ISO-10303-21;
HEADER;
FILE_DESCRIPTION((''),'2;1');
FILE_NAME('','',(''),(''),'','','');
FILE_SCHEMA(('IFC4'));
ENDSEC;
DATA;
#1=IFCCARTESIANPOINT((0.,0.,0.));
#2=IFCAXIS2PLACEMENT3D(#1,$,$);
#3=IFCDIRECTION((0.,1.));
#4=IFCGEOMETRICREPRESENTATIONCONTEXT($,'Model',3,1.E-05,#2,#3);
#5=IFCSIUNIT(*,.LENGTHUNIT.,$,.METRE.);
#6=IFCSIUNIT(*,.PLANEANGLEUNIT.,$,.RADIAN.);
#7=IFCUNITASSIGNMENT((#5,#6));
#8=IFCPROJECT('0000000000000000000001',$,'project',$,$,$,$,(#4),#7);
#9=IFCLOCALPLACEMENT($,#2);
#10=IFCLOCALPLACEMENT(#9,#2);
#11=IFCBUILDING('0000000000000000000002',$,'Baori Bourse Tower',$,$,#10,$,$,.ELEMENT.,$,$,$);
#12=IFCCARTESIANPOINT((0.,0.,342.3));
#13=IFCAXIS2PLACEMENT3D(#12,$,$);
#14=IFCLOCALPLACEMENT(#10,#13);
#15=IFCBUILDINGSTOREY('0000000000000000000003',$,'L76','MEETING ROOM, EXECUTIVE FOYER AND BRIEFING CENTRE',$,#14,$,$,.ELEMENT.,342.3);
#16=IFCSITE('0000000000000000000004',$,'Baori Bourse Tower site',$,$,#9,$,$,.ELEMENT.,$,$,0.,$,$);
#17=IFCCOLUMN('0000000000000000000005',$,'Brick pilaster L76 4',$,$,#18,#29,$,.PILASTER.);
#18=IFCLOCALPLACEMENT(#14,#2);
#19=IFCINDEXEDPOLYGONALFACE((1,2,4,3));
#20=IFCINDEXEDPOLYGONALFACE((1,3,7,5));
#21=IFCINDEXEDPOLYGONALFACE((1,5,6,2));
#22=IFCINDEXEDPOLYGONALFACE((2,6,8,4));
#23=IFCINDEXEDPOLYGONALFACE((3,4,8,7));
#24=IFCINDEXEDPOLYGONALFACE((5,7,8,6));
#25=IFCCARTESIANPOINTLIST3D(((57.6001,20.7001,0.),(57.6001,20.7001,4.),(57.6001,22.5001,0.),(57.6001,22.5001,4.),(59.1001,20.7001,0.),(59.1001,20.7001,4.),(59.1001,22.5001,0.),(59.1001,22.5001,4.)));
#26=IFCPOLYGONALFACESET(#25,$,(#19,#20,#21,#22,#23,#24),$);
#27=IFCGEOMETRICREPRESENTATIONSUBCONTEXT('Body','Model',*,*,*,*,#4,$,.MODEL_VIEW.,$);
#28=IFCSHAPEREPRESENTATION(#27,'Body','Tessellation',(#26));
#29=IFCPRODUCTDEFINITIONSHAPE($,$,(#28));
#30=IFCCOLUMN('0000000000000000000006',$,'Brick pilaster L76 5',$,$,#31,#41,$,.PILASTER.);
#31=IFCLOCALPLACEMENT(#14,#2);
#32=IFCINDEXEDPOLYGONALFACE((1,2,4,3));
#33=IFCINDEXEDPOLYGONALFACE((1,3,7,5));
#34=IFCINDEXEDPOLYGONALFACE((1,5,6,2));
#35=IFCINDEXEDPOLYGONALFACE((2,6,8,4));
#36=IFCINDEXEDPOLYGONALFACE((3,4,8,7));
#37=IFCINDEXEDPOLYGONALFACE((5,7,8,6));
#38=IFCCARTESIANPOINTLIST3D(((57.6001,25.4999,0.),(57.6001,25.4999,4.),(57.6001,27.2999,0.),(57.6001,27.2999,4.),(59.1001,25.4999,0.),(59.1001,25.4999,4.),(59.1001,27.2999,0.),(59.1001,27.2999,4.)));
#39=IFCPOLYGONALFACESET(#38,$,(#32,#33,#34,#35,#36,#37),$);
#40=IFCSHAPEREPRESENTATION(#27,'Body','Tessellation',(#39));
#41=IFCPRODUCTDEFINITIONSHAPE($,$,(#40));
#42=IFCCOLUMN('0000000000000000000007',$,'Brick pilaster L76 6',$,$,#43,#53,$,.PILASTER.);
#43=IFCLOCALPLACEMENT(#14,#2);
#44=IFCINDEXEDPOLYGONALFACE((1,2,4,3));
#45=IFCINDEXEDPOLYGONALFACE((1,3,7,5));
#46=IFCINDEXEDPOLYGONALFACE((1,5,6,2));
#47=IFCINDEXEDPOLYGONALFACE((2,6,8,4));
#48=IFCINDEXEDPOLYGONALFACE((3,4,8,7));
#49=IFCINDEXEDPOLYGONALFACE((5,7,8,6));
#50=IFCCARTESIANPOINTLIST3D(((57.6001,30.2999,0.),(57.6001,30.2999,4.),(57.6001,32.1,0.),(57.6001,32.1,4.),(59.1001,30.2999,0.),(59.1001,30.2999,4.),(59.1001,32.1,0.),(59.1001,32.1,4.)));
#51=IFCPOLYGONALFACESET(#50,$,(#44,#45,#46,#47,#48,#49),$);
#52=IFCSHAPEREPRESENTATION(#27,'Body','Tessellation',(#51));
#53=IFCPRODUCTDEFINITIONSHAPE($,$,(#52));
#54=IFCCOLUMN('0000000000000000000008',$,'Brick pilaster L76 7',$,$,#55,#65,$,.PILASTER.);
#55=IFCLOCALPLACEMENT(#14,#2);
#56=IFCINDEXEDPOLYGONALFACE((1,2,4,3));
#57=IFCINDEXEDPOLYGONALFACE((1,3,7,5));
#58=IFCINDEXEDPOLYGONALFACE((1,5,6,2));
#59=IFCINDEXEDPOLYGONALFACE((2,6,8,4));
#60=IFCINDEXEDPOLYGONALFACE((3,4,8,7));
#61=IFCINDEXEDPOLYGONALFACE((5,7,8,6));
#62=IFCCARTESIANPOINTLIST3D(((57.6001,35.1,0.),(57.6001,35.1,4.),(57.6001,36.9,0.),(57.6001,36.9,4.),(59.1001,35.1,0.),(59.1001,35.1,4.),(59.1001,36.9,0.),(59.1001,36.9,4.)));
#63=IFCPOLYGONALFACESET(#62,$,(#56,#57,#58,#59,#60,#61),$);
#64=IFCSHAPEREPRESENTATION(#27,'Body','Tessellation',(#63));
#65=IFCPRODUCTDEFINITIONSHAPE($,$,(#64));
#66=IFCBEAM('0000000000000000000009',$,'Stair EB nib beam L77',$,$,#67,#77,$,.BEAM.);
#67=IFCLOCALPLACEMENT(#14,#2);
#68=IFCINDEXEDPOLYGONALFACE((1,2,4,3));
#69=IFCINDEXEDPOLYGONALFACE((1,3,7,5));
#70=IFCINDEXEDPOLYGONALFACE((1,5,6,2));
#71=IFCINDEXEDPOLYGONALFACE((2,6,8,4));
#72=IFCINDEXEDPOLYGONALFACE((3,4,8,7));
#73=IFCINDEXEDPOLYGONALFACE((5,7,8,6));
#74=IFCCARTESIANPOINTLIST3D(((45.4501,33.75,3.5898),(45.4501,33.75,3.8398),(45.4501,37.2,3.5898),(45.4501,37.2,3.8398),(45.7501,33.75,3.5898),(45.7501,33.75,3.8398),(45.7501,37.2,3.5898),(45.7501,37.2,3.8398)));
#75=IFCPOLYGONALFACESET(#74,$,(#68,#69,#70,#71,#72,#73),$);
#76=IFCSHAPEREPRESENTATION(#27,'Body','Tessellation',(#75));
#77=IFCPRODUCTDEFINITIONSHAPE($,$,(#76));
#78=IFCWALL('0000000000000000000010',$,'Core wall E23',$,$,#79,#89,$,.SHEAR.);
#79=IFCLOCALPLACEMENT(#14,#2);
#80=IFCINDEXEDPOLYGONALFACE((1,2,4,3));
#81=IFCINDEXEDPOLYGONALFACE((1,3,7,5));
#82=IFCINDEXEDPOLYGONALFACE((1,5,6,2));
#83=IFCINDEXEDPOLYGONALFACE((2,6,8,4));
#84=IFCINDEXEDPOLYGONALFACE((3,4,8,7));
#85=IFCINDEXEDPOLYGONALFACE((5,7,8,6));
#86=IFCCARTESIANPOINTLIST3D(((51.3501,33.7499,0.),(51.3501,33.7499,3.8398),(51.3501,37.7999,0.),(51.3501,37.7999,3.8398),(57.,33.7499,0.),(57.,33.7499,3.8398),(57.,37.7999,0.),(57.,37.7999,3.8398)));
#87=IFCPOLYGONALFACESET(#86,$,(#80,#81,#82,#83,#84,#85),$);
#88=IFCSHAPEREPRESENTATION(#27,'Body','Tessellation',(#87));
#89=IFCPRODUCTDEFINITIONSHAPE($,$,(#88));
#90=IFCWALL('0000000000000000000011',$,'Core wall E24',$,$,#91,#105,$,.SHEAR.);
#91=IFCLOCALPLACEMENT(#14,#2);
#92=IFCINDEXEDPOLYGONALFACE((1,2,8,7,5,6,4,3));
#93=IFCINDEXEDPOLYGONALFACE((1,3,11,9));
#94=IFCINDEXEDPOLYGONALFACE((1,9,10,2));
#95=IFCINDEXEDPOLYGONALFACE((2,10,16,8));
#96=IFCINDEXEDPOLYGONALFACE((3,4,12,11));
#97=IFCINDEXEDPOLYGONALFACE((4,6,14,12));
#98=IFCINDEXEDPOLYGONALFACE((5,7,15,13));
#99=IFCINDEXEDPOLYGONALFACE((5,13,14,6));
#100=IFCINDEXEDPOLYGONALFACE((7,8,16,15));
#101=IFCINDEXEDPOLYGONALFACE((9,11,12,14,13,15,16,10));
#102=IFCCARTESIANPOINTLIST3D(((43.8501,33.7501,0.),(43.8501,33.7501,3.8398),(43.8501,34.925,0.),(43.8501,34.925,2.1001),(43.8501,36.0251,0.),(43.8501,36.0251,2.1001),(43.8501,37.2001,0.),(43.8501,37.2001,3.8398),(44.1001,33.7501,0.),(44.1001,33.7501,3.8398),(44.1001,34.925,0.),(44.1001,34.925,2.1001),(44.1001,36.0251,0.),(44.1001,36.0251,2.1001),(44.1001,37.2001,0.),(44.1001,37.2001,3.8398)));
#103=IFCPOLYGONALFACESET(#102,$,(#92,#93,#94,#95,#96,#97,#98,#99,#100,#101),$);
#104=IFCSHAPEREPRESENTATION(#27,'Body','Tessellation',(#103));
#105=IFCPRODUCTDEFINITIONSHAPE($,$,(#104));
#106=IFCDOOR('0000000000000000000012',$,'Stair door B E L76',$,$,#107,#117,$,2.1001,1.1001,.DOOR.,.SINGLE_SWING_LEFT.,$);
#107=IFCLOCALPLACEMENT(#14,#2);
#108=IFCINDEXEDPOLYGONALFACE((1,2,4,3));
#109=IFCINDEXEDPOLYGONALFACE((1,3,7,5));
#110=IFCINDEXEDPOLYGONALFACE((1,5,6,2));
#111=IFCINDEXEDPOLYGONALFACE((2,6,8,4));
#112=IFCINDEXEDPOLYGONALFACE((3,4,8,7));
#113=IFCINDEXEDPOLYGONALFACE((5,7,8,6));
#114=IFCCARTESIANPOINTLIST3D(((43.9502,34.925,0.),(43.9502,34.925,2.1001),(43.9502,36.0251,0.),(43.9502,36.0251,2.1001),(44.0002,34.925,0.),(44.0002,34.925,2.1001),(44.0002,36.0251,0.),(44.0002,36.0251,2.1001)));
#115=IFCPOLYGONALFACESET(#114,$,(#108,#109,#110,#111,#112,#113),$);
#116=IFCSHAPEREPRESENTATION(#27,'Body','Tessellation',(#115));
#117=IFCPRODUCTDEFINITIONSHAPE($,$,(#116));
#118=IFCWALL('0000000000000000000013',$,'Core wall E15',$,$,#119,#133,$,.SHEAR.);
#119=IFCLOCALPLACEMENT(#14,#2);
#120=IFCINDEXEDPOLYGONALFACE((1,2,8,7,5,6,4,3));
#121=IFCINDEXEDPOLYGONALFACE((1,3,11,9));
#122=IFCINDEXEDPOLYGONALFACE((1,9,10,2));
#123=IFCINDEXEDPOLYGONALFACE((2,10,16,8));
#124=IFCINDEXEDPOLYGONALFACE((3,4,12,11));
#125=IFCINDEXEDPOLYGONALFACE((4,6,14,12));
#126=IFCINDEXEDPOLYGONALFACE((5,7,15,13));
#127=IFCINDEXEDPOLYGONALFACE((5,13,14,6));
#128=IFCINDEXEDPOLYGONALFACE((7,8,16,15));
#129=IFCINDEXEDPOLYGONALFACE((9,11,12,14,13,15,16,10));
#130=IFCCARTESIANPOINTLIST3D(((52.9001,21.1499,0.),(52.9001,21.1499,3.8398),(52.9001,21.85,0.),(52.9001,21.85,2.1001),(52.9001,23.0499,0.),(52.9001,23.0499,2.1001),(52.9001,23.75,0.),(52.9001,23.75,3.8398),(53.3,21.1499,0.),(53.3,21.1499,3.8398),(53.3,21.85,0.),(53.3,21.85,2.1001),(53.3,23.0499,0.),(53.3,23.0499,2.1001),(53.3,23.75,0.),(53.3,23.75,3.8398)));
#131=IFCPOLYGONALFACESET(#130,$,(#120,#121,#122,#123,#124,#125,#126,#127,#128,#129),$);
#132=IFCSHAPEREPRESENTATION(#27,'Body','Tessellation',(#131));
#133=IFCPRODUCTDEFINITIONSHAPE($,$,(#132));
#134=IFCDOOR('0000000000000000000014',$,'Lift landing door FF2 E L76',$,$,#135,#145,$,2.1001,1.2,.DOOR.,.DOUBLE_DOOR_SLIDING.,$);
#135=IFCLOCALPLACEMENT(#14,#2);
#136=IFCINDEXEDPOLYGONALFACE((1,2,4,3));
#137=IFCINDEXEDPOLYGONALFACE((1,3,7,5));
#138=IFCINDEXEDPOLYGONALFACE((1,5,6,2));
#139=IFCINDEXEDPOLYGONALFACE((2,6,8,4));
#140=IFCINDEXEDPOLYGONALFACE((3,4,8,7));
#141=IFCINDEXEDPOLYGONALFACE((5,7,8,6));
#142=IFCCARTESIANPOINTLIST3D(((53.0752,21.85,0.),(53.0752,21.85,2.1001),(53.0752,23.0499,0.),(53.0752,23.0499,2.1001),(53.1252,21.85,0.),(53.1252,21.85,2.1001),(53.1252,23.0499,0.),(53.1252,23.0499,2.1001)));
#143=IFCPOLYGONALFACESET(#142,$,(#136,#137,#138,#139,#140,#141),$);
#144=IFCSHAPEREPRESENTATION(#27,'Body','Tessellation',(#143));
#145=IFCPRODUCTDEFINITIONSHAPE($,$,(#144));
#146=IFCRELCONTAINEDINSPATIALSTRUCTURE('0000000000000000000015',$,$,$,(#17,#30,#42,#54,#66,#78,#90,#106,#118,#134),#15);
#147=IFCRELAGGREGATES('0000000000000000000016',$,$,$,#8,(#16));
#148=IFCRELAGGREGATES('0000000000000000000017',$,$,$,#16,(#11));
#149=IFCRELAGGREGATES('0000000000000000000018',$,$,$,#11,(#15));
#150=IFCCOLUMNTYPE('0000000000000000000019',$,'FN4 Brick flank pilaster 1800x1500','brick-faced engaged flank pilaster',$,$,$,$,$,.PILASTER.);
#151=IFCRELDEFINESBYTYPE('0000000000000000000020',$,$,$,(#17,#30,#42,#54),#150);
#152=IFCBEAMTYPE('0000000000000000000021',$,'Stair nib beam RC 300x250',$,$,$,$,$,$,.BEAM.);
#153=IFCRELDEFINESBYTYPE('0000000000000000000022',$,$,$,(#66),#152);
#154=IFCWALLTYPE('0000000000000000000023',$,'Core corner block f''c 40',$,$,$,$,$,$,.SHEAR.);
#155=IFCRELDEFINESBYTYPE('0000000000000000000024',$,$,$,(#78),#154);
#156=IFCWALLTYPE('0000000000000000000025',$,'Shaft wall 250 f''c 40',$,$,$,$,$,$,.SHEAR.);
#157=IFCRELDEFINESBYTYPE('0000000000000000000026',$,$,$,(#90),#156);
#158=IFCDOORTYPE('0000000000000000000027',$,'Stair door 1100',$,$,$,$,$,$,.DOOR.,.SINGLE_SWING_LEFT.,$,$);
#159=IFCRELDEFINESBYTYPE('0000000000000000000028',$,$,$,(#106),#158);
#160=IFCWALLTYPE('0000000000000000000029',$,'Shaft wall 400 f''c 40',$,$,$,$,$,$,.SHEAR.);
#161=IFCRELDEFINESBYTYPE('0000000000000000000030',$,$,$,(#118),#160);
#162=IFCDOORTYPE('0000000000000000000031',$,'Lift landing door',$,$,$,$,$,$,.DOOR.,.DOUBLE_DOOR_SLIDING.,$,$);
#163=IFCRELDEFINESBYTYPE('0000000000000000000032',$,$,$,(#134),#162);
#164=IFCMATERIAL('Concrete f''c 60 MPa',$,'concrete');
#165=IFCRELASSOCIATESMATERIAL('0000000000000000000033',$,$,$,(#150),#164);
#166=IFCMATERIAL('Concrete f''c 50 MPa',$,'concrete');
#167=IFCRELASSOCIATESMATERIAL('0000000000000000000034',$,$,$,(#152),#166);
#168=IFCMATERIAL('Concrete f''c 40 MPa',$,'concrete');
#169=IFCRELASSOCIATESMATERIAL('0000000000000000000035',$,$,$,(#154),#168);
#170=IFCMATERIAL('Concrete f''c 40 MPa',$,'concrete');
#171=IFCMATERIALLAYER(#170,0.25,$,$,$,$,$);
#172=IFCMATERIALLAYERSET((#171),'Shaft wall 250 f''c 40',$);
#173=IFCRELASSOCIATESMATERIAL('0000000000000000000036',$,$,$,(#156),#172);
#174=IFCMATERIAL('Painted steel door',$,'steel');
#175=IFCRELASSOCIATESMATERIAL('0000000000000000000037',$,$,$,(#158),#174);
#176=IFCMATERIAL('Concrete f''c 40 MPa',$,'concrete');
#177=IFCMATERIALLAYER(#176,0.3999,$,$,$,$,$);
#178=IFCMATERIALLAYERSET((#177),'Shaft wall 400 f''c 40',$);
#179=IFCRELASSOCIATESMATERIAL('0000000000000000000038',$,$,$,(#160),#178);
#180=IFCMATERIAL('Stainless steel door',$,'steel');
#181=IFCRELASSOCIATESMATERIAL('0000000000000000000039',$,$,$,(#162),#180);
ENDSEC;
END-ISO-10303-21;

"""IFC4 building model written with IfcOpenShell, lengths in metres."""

from ifc_helpers import new_model, si_unit, direction, frame, frame_2d, origin, origin_2d, place, context, subcontext, project, spatial, rectangle, extrude, material, layer, layer_set, material_profile, profile_set, type_object, element, fill, save


model = new_model("IFC4")

# Units and contexts
model_context = context("Model", 3, precision=1e-05, world=origin(), true_north=direction((0.0, 1.0)))
body_context = subcontext(model_context, "Body", "Model", "MODEL_VIEW")
ifc_project = project(units=[si_unit("LENGTHUNIT", "METRE"), si_unit("PLANEANGLEUNIT", "RADIAN")], contexts=[model_context])

# Site, building, storey
site_placement = place(None, origin())
site = spatial("IfcSite", under=ifc_project, at=site_placement, Name="Baori Bourse Tower site", CompositionType="ELEMENT", RefElevation=0.0)
building_placement = place(site_placement, origin())
building = spatial("IfcBuilding", under=site, at=building_placement, Name="Baori Bourse Tower", CompositionType="ELEMENT")
storey_placement = place(building_placement, frame((0.0, 0.0, 342.3)))
storey = spatial("IfcBuildingStorey", under=building, at=storey_placement, Name="L76", Description="MEETING ROOM, EXECUTIVE FOYER AND BRIEFING CENTRE", CompositionType="ELEMENT", Elevation=342.3)

# Columns
ifc_material_1 = material(Name="Concrete f'c 60 MPa", Category="concrete")
ifc_material_profile_1 = material_profile(ifc_material_1, rectangle(XDim=1.8, YDim=1.5, at=origin_2d()), Name="RC 1800x1500")
ifc_profile_set_1 = profile_set([ifc_material_profile_1], Name="Concrete f'c 60 MPa")
column_type = type_object("IfcColumnType", Name="FN4 Brick flank pilaster 1800x1500", Description="brick-faced engaged flank pilaster", PredefinedType="PILASTER", material=ifc_profile_set_1)
for number, where, z_axis, x_axis, name in (
    (1, (58.3501, 21.6001, 0.0), (0.0, 0.0, 1.0), (0.0, 1.0, 0.0), "Brick pilaster L76 4"),
    (2, (58.3501, 26.3999, 0.0), (0.0, 0.0, 1.0), (0.0, 1.0, 0.0), "Brick pilaster L76 5"),
    (3, (58.3501, 31.2, 0.0), (0.0, 0.0, 1.0), (0.0, 1.0, 0.0), "Brick pilaster L76 6"),
    (4, (58.3501, 36.0, 0.0), (0.0, 0.0, 1.0), (0.0, 1.0, 0.0), "Brick pilaster L76 7"),
):
    element("IfcColumn", number, at=place(storey_placement, frame(where, z_axis=z_axis, x_axis=x_axis)), inside=storey, type_object=column_type, Name=name, PredefinedType="PILASTER", context=body_context, shape_type="SweptSolid", body=[
        extrude(rectangle(XDim=1.8, YDim=1.5, at=origin_2d()), origin(), (0.0, 0.0, 1.0), 4.0),
    ])

# Beam
ifc_material_2 = material(Name="Concrete f'c 50 MPa", Category="concrete")
ifc_material_profile_2 = material_profile(ifc_material_2, rectangle(XDim=0.3, YDim=0.25, at=origin_2d()), Name="RC 300x250")
ifc_profile_set_2 = profile_set([ifc_material_profile_2], Name="Concrete f'c 50 MPa")
beam_type = type_object("IfcBeamType", Name="Stair nib beam RC 300x250", PredefinedType="BEAM", material=ifc_profile_set_2)
beam_placement = place(storey_placement, frame((45.6001, 33.75, 3.7148), z_axis=(0.0, 1.0, 0.0), x_axis=(-1.0, 0.0, 0.0)))
element("IfcBeam", 5, at=beam_placement, inside=storey, type_object=beam_type, Name="Stair EB nib beam L77", PredefinedType="BEAM", context=body_context, shape_type="SweptSolid", body=[
    extrude(rectangle(XDim=0.3, YDim=0.25, at=origin_2d()), origin(), (0.0, 0.0, 1.0), 3.45),
])

# Wall
ifc_material_3 = material(Name="Concrete f'c 40 MPa", Category="concrete")
wall_type_1 = type_object("IfcWallType", Name="Core corner block f'c 40", PredefinedType="SHEAR", material=ifc_material_3)
wall_1_placement = place(storey_placement, frame((51.3501, 35.7749, 0.0), z_axis=(0.0, 0.0, 1.0), x_axis=(1.0, 0.0, 0.0)))
element("IfcWall", 6, at=wall_1_placement, inside=storey, type_object=wall_type_1, Name="Core wall E23", PredefinedType="SHEAR", context=body_context, shape_type="SweptSolid", body=[
    extrude(rectangle(XDim=5.6499, YDim=4.05, at=frame_2d((2.825, 0.0))), origin(), (0.0, 0.0, 1.0), 3.8398),
])

# Walls, openings, doors
ifc_material_4 = material(Name="Concrete f'c 40 MPa", Category="concrete")
ifc_layer_1 = layer(ifc_material_4, 0.25)
ifc_layer_set_1 = layer_set([ifc_layer_1], Name="Shaft wall 250 f'c 40")
wall_type_2 = type_object("IfcWallType", Name="Shaft wall 250 f'c 40", PredefinedType="SHEAR", material=ifc_layer_set_1)
wall_2_placement = place(storey_placement, frame((43.9751, 33.75, 0.0), z_axis=(0.0, 0.0, 1.0), x_axis=(0.0, 1.0, 0.0)))
wall_2 = element("IfcWall", 7, at=wall_2_placement, inside=storey, type_object=wall_type_2, Name="Core wall E24", PredefinedType="SHEAR", context=body_context, shape_type="SweptSolid", body=[
    extrude(rectangle(XDim=3.45, YDim=0.25, at=frame_2d((1.7251, 0.0))), origin(), (0.0, 0.0, 1.0), 3.8398),
])
opening_1_placement = place(wall_2_placement, frame((1.175, 0.0, 0.0)))
opening_1 = element("IfcOpeningElement", 8, at=opening_1_placement, cuts=wall_2, PredefinedType="OPENING", context=body_context, shape_type="SweptSolid", body=[
    extrude(rectangle(XDim=1.1001, YDim=2.1001, at=frame_2d((0.55, 1.05))), frame((0.0, 0.135, 0.0), z_axis=(0.0, -1.0, 0.0), x_axis=(1.0, 0.0, 0.0)), (0.0, 0.0, 1.0), 0.27),
])
ifc_material_5 = material(Name="Painted steel door", Category="steel")
door_type_1 = type_object("IfcDoorType", Name="Stair door 1100", OperationType="SINGLE_SWING_LEFT", PredefinedType="DOOR", material=ifc_material_5)
door_1_placement = place(opening_1_placement, origin())
door_1 = element("IfcDoor", 9, at=door_1_placement, inside=storey, type_object=door_type_1, Name="Stair door B E L76", OperationType="SINGLE_SWING_LEFT", OverallHeight=2.1001, OverallWidth=1.1001, PredefinedType="DOOR", context=body_context, shape_type="SweptSolid", body=[
    extrude(rectangle(XDim=1.1001, YDim=2.1001, at=frame_2d((0.55, 1.05))), frame((0.0, 0.0249, 0.0), z_axis=(0.0, -1.0, 0.0), x_axis=(1.0, 0.0, 0.0)), (0.0, 0.0, 1.0), 0.05),
])
fill(opening_1, door_1)
ifc_material_6 = material(Name="Concrete f'c 40 MPa", Category="concrete")
ifc_layer_2 = layer(ifc_material_6, 0.3999)
ifc_layer_set_2 = layer_set([ifc_layer_2], Name="Shaft wall 400 f'c 40")
wall_type_3 = type_object("IfcWallType", Name="Shaft wall 400 f'c 40", PredefinedType="SHEAR", material=ifc_layer_set_2)
wall_3_placement = place(storey_placement, frame((53.1001, 21.1499, 0.0), z_axis=(0.0, 0.0, 1.0), x_axis=(0.0, 1.0, 0.0)))
wall_3 = element("IfcWall", 10, at=wall_3_placement, inside=storey, type_object=wall_type_3, Name="Core wall E15", PredefinedType="SHEAR", context=body_context, shape_type="SweptSolid", body=[
    extrude(rectangle(XDim=2.6001, YDim=0.3999, at=frame_2d((1.3, 0.0))), origin(), (0.0, 0.0, 1.0), 3.8398),
])
opening_2_placement = place(wall_3_placement, frame((0.7, 0.0, 0.0)))
opening_2 = element("IfcOpeningElement", 11, at=opening_2_placement, cuts=wall_3, PredefinedType="OPENING", context=body_context, shape_type="SweptSolid", body=[
    extrude(rectangle(XDim=1.2, YDim=2.1001, at=frame_2d((0.6001, 1.05))), frame((0.0, 0.21, 0.0), z_axis=(0.0, -1.0, 0.0), x_axis=(1.0, 0.0, 0.0)), (0.0, 0.0, 1.0), 0.4199),
])
ifc_material_7 = material(Name="Stainless steel door", Category="steel")
door_type_2 = type_object("IfcDoorType", Name="Lift landing door", OperationType="DOUBLE_DOOR_SLIDING", PredefinedType="DOOR", material=ifc_material_7)
door_2_placement = place(opening_2_placement, origin())
door_2 = element("IfcDoor", 12, at=door_2_placement, inside=storey, type_object=door_type_2, Name="Lift landing door FF2 E L76", OperationType="DOUBLE_DOOR_SLIDING", OverallHeight=2.1001, OverallWidth=1.2, PredefinedType="DOOR", context=body_context, shape_type="SweptSolid", body=[
    extrude(rectangle(XDim=1.2, YDim=2.1001, at=frame_2d((0.6001, 1.05))), frame((0.0, 0.0249, 0.0), z_axis=(0.0, -1.0, 0.0), x_axis=(1.0, 0.0, 0.0)), (0.0, 0.0, 1.0), 0.05),
])
fill(opening_2, door_2)

save(model, "model.ifc")
